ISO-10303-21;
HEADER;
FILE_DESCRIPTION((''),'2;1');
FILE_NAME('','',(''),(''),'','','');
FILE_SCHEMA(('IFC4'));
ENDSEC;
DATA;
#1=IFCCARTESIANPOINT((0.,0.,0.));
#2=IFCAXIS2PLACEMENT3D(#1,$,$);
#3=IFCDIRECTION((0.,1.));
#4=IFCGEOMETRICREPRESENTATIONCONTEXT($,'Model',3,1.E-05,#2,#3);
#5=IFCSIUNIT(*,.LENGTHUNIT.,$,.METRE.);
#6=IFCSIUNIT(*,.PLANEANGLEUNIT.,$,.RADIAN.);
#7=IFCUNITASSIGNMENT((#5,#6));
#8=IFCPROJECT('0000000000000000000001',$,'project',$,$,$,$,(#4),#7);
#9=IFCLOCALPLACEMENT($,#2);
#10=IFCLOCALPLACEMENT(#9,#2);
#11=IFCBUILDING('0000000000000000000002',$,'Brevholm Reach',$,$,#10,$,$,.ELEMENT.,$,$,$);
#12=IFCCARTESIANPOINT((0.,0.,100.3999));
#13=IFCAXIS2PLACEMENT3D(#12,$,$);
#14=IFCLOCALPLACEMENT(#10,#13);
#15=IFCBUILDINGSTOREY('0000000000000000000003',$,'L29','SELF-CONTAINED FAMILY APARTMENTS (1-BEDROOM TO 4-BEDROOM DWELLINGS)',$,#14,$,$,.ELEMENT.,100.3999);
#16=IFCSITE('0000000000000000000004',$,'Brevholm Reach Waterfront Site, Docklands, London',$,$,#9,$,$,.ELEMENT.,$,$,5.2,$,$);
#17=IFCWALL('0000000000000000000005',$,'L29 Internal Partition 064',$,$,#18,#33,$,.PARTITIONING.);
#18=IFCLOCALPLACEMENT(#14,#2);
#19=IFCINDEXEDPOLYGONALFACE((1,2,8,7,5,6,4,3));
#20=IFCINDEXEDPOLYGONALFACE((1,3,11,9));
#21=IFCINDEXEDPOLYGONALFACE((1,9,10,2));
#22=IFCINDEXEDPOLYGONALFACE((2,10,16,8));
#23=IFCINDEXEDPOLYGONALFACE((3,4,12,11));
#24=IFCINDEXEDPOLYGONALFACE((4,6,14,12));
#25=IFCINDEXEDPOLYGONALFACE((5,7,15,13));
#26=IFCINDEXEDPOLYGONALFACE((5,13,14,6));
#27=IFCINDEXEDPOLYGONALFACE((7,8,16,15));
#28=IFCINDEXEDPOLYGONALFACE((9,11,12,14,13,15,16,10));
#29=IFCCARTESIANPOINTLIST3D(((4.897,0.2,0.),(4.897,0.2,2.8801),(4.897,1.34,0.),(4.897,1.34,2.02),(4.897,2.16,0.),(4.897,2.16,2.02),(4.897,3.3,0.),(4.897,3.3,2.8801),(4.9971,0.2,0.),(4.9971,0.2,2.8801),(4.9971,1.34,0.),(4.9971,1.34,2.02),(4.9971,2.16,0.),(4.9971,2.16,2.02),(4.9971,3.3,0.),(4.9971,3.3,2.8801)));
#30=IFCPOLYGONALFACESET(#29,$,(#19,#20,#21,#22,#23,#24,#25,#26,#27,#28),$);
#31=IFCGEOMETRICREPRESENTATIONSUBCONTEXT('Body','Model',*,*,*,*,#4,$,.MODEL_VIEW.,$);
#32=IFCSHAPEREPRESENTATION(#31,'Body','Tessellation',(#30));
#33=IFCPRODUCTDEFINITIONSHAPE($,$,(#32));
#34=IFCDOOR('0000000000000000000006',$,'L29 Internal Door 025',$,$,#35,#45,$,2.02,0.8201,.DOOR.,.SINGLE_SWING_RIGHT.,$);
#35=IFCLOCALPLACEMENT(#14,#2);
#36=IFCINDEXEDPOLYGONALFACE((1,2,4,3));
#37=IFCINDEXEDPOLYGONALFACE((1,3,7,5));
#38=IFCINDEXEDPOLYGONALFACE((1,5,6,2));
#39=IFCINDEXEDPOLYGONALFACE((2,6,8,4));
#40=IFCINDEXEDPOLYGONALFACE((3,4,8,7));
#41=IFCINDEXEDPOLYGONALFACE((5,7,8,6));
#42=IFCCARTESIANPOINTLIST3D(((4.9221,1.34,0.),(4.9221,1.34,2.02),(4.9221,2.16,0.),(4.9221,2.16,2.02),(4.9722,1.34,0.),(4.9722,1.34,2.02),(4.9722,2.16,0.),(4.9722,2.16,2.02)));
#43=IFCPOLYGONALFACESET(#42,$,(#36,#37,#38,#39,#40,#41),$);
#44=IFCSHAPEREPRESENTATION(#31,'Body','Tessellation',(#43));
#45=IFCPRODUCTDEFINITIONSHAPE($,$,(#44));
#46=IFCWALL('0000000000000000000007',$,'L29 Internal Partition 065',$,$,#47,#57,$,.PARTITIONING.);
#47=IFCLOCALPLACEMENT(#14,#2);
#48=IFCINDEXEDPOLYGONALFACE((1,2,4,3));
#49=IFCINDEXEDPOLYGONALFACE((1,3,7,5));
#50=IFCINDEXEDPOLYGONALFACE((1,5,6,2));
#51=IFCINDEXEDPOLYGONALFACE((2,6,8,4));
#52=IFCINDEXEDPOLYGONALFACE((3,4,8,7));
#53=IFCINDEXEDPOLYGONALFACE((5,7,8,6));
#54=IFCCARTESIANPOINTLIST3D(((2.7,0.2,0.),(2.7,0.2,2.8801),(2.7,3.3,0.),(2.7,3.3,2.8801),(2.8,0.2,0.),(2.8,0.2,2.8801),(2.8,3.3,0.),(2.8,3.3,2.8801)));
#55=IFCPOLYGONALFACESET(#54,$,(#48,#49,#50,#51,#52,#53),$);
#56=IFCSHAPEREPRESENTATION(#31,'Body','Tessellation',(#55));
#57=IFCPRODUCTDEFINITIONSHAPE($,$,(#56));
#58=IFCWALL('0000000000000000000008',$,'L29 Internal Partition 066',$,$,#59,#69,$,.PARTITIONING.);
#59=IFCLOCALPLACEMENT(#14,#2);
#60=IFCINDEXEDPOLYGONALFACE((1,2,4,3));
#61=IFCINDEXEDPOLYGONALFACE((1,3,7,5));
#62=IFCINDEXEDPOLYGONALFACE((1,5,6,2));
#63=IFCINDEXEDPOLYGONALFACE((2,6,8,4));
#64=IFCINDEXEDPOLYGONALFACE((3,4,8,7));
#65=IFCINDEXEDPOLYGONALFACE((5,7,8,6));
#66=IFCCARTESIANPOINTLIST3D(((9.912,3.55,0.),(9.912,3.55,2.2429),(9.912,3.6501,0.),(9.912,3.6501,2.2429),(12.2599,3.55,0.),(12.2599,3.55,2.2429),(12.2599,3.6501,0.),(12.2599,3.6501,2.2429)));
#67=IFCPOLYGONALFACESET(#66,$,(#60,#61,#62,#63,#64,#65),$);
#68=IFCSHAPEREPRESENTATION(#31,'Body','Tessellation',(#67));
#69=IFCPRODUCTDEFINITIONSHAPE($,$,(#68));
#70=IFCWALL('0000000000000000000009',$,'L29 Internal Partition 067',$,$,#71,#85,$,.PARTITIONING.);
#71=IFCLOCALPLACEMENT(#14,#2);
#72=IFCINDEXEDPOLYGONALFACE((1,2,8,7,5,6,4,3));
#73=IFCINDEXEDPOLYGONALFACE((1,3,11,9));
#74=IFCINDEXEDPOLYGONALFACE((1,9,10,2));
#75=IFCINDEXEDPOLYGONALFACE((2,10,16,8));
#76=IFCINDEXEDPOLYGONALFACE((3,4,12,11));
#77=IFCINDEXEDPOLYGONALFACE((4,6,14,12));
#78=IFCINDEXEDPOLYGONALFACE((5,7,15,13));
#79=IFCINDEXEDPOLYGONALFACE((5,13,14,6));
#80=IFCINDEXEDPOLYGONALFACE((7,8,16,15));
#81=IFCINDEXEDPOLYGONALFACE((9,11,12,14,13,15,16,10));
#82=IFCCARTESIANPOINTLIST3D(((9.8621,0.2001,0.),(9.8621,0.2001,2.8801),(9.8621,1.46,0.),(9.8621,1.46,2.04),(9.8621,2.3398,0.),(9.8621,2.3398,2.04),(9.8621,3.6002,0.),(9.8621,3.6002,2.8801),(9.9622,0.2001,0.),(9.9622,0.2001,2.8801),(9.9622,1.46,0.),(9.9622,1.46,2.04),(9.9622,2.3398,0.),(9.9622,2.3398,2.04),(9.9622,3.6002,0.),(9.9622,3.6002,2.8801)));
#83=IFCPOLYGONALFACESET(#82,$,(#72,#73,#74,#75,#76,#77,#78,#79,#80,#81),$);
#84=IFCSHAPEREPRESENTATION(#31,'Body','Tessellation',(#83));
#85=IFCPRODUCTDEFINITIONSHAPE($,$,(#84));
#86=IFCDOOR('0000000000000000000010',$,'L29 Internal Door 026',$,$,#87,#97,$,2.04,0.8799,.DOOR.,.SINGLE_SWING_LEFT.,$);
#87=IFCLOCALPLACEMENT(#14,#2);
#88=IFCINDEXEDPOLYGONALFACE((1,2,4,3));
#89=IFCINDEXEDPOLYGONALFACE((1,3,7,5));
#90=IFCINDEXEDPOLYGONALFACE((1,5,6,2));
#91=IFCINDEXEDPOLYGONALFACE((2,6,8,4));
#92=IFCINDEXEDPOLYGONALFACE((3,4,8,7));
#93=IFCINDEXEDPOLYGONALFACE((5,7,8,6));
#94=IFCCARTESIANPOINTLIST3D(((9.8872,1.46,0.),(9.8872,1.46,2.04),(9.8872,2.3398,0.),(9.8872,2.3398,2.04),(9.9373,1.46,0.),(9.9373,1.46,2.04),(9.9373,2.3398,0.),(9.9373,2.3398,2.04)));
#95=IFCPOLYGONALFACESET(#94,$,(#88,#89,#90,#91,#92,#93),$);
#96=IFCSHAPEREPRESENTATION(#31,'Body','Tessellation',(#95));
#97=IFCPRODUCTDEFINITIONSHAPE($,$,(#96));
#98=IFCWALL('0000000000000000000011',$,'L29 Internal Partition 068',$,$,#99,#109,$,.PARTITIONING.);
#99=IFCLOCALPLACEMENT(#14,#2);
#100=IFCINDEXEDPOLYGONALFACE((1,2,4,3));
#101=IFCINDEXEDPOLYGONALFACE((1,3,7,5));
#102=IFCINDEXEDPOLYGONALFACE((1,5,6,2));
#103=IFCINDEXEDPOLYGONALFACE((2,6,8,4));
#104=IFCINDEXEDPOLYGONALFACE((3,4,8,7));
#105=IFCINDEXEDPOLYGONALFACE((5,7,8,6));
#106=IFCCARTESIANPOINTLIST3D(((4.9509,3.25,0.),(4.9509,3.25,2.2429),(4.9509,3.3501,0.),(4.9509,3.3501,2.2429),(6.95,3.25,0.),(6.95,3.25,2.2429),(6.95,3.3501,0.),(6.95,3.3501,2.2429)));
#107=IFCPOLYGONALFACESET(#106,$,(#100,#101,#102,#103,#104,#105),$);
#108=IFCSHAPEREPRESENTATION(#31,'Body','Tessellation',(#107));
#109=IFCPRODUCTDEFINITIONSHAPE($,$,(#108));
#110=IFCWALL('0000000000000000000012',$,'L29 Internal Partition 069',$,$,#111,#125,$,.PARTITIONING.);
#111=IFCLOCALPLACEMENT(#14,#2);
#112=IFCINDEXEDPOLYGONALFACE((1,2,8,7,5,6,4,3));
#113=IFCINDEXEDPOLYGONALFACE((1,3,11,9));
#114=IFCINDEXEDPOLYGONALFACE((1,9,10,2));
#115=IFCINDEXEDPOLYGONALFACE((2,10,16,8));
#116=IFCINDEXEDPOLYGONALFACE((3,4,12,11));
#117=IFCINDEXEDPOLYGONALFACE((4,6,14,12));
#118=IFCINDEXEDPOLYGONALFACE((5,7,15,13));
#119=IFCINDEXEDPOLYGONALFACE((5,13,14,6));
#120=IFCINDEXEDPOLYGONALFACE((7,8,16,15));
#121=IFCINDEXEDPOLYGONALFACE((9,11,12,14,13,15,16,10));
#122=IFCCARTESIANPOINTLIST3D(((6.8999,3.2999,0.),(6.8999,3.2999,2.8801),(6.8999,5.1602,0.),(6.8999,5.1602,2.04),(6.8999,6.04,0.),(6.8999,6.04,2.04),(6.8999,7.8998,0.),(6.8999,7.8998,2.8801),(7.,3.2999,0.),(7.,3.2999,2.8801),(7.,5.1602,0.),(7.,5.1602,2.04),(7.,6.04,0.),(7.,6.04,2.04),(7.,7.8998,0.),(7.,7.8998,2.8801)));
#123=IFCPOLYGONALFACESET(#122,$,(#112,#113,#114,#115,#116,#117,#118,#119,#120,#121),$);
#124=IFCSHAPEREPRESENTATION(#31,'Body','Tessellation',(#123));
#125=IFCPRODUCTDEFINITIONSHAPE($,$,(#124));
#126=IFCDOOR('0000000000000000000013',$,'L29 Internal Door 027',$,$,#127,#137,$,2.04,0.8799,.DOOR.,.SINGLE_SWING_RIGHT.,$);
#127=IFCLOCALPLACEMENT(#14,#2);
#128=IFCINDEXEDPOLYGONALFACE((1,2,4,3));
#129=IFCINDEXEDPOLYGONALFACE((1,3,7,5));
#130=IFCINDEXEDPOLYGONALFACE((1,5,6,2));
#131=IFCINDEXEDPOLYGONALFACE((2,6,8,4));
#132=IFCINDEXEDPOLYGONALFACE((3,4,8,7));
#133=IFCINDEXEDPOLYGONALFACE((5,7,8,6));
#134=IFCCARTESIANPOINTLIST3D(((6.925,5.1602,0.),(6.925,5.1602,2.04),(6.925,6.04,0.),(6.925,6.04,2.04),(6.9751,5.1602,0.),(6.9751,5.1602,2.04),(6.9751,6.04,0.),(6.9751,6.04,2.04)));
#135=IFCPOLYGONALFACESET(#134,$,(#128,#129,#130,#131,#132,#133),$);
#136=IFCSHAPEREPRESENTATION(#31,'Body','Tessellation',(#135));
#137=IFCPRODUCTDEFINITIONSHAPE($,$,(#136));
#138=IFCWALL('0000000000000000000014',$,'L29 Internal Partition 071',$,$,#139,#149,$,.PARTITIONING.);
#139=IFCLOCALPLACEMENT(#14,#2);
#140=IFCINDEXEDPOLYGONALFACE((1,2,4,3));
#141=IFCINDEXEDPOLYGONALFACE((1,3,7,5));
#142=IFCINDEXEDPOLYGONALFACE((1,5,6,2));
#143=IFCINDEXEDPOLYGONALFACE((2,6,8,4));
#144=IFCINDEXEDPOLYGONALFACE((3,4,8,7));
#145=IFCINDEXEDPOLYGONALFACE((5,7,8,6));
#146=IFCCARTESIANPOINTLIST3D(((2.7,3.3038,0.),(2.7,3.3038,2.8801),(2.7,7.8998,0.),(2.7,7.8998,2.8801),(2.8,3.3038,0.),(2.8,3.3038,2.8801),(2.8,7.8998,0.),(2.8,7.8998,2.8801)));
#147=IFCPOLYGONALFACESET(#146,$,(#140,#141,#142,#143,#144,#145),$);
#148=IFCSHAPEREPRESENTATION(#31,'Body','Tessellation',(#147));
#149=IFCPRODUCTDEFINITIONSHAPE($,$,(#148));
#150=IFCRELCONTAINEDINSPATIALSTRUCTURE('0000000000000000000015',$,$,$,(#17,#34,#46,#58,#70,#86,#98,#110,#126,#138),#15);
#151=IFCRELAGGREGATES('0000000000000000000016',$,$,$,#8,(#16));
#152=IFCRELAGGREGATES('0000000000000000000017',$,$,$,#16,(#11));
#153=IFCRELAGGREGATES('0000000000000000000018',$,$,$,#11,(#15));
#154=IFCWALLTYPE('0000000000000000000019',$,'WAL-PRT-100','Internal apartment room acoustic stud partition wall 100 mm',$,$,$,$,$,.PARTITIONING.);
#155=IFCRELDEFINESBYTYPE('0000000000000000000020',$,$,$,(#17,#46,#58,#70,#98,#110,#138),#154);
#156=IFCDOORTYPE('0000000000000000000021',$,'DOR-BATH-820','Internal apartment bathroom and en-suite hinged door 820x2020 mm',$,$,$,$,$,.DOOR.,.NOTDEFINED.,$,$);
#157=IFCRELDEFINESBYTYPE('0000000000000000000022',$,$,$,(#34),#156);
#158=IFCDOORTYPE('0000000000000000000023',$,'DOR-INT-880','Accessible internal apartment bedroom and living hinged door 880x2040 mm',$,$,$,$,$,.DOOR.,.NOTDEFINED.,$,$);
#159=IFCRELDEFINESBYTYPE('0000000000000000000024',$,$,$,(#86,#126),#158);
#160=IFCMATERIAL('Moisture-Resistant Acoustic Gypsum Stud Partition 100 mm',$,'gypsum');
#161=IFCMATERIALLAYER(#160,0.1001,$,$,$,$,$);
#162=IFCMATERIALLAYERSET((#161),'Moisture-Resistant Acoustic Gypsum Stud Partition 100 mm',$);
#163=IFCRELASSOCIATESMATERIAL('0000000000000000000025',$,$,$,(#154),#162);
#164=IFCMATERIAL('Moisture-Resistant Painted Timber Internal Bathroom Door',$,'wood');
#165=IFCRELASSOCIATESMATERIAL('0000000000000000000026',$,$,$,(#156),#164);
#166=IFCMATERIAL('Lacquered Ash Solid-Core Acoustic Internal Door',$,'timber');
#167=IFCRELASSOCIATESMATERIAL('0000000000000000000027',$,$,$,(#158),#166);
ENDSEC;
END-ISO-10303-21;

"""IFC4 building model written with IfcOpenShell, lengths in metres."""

from ifc_helpers import new_model, si_unit, direction, frame, frame_2d, origin, place, context, subcontext, project, spatial, rectangle, extrude, material, layer, layer_set, type_object, element, fill, save


model = new_model("IFC4")

# Units and contexts
model_context = context("Model", 3, precision=1e-05, world=origin(), true_north=direction((0.0, 1.0)))
body_context = subcontext(model_context, "Body", "Model", "MODEL_VIEW")
ifc_project = project(units=[si_unit("LENGTHUNIT", "METRE"), si_unit("PLANEANGLEUNIT", "RADIAN")], contexts=[model_context])

# Site, building, storey
site_placement = place(None, origin())
site = spatial("IfcSite", under=ifc_project, at=site_placement, Name="Brevholm Reach Waterfront Site, Docklands, London", CompositionType="ELEMENT", RefElevation=5.2)
building_placement = place(site_placement, origin())
building = spatial("IfcBuilding", under=site, at=building_placement, Name="Brevholm Reach", CompositionType="ELEMENT")
storey_placement = place(building_placement, frame((0.0, 0.0, 100.3999)))
storey = spatial("IfcBuildingStorey", under=building, at=storey_placement, Name="L29", Description="SELF-CONTAINED FAMILY APARTMENTS (1-BEDROOM TO 4-BEDROOM DWELLINGS)", CompositionType="ELEMENT", Elevation=100.3999)

# Shared definitions
ifc_material_1 = material(Name="Moisture-Resistant Acoustic Gypsum Stud Partition 100 mm", Category="gypsum")
ifc_layer_1 = layer(ifc_material_1, 0.1001)
ifc_layer_set_1 = layer_set([ifc_layer_1], Name="Moisture-Resistant Acoustic Gypsum Stud Partition 100 mm")
wall_type_1 = type_object("IfcWallType", Name="WAL-PRT-100", Description="Internal apartment room acoustic stud partition wall 100 mm", PredefinedType="PARTITIONING", material=ifc_layer_set_1)

# Wall, opening, door
wall_1_placement = place(storey_placement, frame((4.947, 0.2, 0.0), z_axis=(0.0, 0.0, 1.0), x_axis=(0.0, 1.0, 0.0)))
wall_1 = element("IfcWall", 1, at=wall_1_placement, inside=storey, type_object=wall_type_1, Name="L29 Internal Partition 064", PredefinedType="PARTITIONING", context=body_context, shape_type="SweptSolid", body=[
    extrude(rectangle(XDim=3.1001, YDim=0.1001, at=frame_2d((1.55, 0.0))), origin(), (0.0, 0.0, 1.0), 2.8801),
])
opening_1_placement = place(wall_1_placement, frame((1.1399, 0.0, 0.0)))
opening_1 = element("IfcOpeningElement", 2, at=opening_1_placement, cuts=wall_1, PredefinedType="OPENING", context=body_context, shape_type="SweptSolid", body=[
    extrude(rectangle(XDim=0.8201, YDim=2.02, at=frame_2d((0.4102, 1.01))), frame((0.0, 0.0601, 0.0), z_axis=(0.0, -1.0, 0.0), x_axis=(1.0, 0.0, 0.0)), (0.0, 0.0, 1.0), 0.1201),
])
ifc_material_2 = material(Name="Moisture-Resistant Painted Timber Internal Bathroom Door", Category="wood")
door_type_1 = type_object("IfcDoorType", Name="DOR-BATH-820", Description="Internal apartment bathroom and en-suite hinged door 820x2020 mm", OperationType="NOTDEFINED", PredefinedType="DOOR", material=ifc_material_2)
door_1_placement = place(opening_1_placement, origin())
door_1 = element("IfcDoor", 3, at=door_1_placement, inside=storey, type_object=door_type_1, Name="L29 Internal Door 025", OperationType="SINGLE_SWING_RIGHT", OverallHeight=2.02, OverallWidth=0.8201, PredefinedType="DOOR", context=body_context, shape_type="SweptSolid", body=[
    extrude(rectangle(XDim=0.8201, YDim=2.02, at=frame_2d((0.4102, 1.01))), frame((0.0, 0.0249, 0.0), z_axis=(0.0, -1.0, 0.0), x_axis=(1.0, 0.0, 0.0)), (0.0, 0.0, 1.0), 0.05),
])
fill(opening_1, door_1)

# Walls
wall_2_placement = place(storey_placement, frame((2.75, 0.2, 0.0), z_axis=(0.0, 0.0, 1.0), x_axis=(0.0, 1.0, 0.0)))
element("IfcWall", 4, at=wall_2_placement, inside=storey, type_object=wall_type_1, Name="L29 Internal Partition 065", PredefinedType="PARTITIONING", context=body_context, shape_type="SweptSolid", body=[
    extrude(rectangle(XDim=3.1001, YDim=0.1001, at=frame_2d((1.55, 0.0))), origin(), (0.0, 0.0, 1.0), 2.8801),
])
wall_3_placement = place(storey_placement, frame((9.9121, 3.6001, 0.0), z_axis=(0.0, 0.0, 1.0), x_axis=(1.0, 0.0, 0.0)))
element("IfcWall", 5, at=wall_3_placement, inside=storey, type_object=wall_type_1, Name="L29 Internal Partition 066", PredefinedType="PARTITIONING", context=body_context, shape_type="SweptSolid", body=[
    extrude(rectangle(XDim=2.3479, YDim=0.1001, at=frame_2d((1.1738, 0.0))), origin(), (0.0, 0.0, 1.0), 2.2429),
])

# Wall, opening, door
wall_4_placement = place(storey_placement, frame((9.9121, 0.2, 0.0), z_axis=(0.0, 0.0, 1.0), x_axis=(0.0, 1.0, 0.0)))
wall_4 = element("IfcWall", 6, at=wall_4_placement, inside=storey, type_object=wall_type_1, Name="L29 Internal Partition 067", PredefinedType="PARTITIONING", context=body_context, shape_type="SweptSolid", body=[
    extrude(rectangle(XDim=3.4001, YDim=0.1001, at=frame_2d((1.7002, 0.0))), origin(), (0.0, 0.0, 1.0), 2.8801),
])
opening_2_placement = place(wall_4_placement, frame((1.26, 0.0, 0.0)))
opening_2 = element("IfcOpeningElement", 7, at=opening_2_placement, cuts=wall_4, PredefinedType="OPENING", context=body_context, shape_type="SweptSolid", body=[
    extrude(rectangle(XDim=0.8799, YDim=2.04, at=frame_2d((0.4399, 1.02))), frame((0.0, 0.0601, 0.0), z_axis=(0.0, -1.0, 0.0), x_axis=(1.0, 0.0, 0.0)), (0.0, 0.0, 1.0), 0.1201),
])
ifc_material_3 = material(Name="Lacquered Ash Solid-Core Acoustic Internal Door", Category="timber")
door_type_2 = type_object("IfcDoorType", Name="DOR-INT-880", Description="Accessible internal apartment bedroom and living hinged door 880x2040 mm", OperationType="NOTDEFINED", PredefinedType="DOOR", material=ifc_material_3)
door_2_placement = place(opening_2_placement, origin())
door_2 = element("IfcDoor", 8, at=door_2_placement, inside=storey, type_object=door_type_2, Name="L29 Internal Door 026", OperationType="SINGLE_SWING_LEFT", OverallHeight=2.04, OverallWidth=0.8799, PredefinedType="DOOR", context=body_context, shape_type="SweptSolid", body=[
    extrude(rectangle(XDim=0.8799, YDim=2.04, at=frame_2d((0.4399, 1.02))), frame((0.0, 0.0249, 0.0), z_axis=(0.0, -1.0, 0.0), x_axis=(1.0, 0.0, 0.0)), (0.0, 0.0, 1.0), 0.05),
])
fill(opening_2, door_2)

# Wall
wall_5_placement = place(storey_placement, frame((4.9509, 3.3, 0.0), z_axis=(0.0, 0.0, 1.0), x_axis=(1.0, 0.0, 0.0)))
element("IfcWall", 9, at=wall_5_placement, inside=storey, type_object=wall_type_1, Name="L29 Internal Partition 068", PredefinedType="PARTITIONING", context=body_context, shape_type="SweptSolid", body=[
    extrude(rectangle(XDim=1.999, YDim=0.1001, at=frame_2d((0.9995, 0.0))), origin(), (0.0, 0.0, 1.0), 2.2429),
])

# Wall, opening, door
wall_6_placement = place(storey_placement, frame((6.95, 3.3, 0.0), z_axis=(0.0, 0.0, 1.0), x_axis=(0.0, 1.0, 0.0)))
wall_6 = element("IfcWall", 10, at=wall_6_placement, inside=storey, type_object=wall_type_1, Name="L29 Internal Partition 069", PredefinedType="PARTITIONING", context=body_context, shape_type="SweptSolid", body=[
    extrude(rectangle(XDim=4.5999, YDim=0.1001, at=frame_2d((2.2998, 0.0))), origin(), (0.0, 0.0, 1.0), 2.8801),
])
opening_3_placement = place(wall_6_placement, frame((1.8601, 0.0, 0.0)))
opening_3 = element("IfcOpeningElement", 11, at=opening_3_placement, cuts=wall_6, PredefinedType="OPENING", context=body_context, shape_type="SweptSolid", body=[
    extrude(rectangle(XDim=0.8799, YDim=2.04, at=frame_2d((0.4399, 1.02))), frame((0.0, 0.0601, 0.0), z_axis=(0.0, -1.0, 0.0), x_axis=(1.0, 0.0, 0.0)), (0.0, 0.0, 1.0), 0.1201),
])
door_3_placement = place(opening_3_placement, origin())
door_3 = element("IfcDoor", 12, at=door_3_placement, inside=storey, type_object=door_type_2, Name="L29 Internal Door 027", OperationType="SINGLE_SWING_RIGHT", OverallHeight=2.04, OverallWidth=0.8799, PredefinedType="DOOR", context=body_context, shape_type="SweptSolid", body=[
    extrude(rectangle(XDim=0.8799, YDim=2.04, at=frame_2d((0.4399, 1.02))), frame((0.0, 0.0249, 0.0), z_axis=(0.0, -1.0, 0.0), x_axis=(1.0, 0.0, 0.0)), (0.0, 0.0, 1.0), 0.05),
])
fill(opening_3, door_3)

# Wall
wall_7_placement = place(storey_placement, frame((2.75, 3.304, 0.0), z_axis=(0.0, 0.0, 1.0), x_axis=(0.0, 1.0, 0.0)))
element("IfcWall", 13, at=wall_7_placement, inside=storey, type_object=wall_type_1, Name="L29 Internal Partition 071", PredefinedType="PARTITIONING", context=body_context, shape_type="SweptSolid", body=[
    extrude(rectangle(XDim=4.5959, YDim=0.1001, at=frame_2d((2.2979, 0.0))), origin(), (0.0, 0.0, 1.0), 2.8801),
])

save(model, "model.ifc")
